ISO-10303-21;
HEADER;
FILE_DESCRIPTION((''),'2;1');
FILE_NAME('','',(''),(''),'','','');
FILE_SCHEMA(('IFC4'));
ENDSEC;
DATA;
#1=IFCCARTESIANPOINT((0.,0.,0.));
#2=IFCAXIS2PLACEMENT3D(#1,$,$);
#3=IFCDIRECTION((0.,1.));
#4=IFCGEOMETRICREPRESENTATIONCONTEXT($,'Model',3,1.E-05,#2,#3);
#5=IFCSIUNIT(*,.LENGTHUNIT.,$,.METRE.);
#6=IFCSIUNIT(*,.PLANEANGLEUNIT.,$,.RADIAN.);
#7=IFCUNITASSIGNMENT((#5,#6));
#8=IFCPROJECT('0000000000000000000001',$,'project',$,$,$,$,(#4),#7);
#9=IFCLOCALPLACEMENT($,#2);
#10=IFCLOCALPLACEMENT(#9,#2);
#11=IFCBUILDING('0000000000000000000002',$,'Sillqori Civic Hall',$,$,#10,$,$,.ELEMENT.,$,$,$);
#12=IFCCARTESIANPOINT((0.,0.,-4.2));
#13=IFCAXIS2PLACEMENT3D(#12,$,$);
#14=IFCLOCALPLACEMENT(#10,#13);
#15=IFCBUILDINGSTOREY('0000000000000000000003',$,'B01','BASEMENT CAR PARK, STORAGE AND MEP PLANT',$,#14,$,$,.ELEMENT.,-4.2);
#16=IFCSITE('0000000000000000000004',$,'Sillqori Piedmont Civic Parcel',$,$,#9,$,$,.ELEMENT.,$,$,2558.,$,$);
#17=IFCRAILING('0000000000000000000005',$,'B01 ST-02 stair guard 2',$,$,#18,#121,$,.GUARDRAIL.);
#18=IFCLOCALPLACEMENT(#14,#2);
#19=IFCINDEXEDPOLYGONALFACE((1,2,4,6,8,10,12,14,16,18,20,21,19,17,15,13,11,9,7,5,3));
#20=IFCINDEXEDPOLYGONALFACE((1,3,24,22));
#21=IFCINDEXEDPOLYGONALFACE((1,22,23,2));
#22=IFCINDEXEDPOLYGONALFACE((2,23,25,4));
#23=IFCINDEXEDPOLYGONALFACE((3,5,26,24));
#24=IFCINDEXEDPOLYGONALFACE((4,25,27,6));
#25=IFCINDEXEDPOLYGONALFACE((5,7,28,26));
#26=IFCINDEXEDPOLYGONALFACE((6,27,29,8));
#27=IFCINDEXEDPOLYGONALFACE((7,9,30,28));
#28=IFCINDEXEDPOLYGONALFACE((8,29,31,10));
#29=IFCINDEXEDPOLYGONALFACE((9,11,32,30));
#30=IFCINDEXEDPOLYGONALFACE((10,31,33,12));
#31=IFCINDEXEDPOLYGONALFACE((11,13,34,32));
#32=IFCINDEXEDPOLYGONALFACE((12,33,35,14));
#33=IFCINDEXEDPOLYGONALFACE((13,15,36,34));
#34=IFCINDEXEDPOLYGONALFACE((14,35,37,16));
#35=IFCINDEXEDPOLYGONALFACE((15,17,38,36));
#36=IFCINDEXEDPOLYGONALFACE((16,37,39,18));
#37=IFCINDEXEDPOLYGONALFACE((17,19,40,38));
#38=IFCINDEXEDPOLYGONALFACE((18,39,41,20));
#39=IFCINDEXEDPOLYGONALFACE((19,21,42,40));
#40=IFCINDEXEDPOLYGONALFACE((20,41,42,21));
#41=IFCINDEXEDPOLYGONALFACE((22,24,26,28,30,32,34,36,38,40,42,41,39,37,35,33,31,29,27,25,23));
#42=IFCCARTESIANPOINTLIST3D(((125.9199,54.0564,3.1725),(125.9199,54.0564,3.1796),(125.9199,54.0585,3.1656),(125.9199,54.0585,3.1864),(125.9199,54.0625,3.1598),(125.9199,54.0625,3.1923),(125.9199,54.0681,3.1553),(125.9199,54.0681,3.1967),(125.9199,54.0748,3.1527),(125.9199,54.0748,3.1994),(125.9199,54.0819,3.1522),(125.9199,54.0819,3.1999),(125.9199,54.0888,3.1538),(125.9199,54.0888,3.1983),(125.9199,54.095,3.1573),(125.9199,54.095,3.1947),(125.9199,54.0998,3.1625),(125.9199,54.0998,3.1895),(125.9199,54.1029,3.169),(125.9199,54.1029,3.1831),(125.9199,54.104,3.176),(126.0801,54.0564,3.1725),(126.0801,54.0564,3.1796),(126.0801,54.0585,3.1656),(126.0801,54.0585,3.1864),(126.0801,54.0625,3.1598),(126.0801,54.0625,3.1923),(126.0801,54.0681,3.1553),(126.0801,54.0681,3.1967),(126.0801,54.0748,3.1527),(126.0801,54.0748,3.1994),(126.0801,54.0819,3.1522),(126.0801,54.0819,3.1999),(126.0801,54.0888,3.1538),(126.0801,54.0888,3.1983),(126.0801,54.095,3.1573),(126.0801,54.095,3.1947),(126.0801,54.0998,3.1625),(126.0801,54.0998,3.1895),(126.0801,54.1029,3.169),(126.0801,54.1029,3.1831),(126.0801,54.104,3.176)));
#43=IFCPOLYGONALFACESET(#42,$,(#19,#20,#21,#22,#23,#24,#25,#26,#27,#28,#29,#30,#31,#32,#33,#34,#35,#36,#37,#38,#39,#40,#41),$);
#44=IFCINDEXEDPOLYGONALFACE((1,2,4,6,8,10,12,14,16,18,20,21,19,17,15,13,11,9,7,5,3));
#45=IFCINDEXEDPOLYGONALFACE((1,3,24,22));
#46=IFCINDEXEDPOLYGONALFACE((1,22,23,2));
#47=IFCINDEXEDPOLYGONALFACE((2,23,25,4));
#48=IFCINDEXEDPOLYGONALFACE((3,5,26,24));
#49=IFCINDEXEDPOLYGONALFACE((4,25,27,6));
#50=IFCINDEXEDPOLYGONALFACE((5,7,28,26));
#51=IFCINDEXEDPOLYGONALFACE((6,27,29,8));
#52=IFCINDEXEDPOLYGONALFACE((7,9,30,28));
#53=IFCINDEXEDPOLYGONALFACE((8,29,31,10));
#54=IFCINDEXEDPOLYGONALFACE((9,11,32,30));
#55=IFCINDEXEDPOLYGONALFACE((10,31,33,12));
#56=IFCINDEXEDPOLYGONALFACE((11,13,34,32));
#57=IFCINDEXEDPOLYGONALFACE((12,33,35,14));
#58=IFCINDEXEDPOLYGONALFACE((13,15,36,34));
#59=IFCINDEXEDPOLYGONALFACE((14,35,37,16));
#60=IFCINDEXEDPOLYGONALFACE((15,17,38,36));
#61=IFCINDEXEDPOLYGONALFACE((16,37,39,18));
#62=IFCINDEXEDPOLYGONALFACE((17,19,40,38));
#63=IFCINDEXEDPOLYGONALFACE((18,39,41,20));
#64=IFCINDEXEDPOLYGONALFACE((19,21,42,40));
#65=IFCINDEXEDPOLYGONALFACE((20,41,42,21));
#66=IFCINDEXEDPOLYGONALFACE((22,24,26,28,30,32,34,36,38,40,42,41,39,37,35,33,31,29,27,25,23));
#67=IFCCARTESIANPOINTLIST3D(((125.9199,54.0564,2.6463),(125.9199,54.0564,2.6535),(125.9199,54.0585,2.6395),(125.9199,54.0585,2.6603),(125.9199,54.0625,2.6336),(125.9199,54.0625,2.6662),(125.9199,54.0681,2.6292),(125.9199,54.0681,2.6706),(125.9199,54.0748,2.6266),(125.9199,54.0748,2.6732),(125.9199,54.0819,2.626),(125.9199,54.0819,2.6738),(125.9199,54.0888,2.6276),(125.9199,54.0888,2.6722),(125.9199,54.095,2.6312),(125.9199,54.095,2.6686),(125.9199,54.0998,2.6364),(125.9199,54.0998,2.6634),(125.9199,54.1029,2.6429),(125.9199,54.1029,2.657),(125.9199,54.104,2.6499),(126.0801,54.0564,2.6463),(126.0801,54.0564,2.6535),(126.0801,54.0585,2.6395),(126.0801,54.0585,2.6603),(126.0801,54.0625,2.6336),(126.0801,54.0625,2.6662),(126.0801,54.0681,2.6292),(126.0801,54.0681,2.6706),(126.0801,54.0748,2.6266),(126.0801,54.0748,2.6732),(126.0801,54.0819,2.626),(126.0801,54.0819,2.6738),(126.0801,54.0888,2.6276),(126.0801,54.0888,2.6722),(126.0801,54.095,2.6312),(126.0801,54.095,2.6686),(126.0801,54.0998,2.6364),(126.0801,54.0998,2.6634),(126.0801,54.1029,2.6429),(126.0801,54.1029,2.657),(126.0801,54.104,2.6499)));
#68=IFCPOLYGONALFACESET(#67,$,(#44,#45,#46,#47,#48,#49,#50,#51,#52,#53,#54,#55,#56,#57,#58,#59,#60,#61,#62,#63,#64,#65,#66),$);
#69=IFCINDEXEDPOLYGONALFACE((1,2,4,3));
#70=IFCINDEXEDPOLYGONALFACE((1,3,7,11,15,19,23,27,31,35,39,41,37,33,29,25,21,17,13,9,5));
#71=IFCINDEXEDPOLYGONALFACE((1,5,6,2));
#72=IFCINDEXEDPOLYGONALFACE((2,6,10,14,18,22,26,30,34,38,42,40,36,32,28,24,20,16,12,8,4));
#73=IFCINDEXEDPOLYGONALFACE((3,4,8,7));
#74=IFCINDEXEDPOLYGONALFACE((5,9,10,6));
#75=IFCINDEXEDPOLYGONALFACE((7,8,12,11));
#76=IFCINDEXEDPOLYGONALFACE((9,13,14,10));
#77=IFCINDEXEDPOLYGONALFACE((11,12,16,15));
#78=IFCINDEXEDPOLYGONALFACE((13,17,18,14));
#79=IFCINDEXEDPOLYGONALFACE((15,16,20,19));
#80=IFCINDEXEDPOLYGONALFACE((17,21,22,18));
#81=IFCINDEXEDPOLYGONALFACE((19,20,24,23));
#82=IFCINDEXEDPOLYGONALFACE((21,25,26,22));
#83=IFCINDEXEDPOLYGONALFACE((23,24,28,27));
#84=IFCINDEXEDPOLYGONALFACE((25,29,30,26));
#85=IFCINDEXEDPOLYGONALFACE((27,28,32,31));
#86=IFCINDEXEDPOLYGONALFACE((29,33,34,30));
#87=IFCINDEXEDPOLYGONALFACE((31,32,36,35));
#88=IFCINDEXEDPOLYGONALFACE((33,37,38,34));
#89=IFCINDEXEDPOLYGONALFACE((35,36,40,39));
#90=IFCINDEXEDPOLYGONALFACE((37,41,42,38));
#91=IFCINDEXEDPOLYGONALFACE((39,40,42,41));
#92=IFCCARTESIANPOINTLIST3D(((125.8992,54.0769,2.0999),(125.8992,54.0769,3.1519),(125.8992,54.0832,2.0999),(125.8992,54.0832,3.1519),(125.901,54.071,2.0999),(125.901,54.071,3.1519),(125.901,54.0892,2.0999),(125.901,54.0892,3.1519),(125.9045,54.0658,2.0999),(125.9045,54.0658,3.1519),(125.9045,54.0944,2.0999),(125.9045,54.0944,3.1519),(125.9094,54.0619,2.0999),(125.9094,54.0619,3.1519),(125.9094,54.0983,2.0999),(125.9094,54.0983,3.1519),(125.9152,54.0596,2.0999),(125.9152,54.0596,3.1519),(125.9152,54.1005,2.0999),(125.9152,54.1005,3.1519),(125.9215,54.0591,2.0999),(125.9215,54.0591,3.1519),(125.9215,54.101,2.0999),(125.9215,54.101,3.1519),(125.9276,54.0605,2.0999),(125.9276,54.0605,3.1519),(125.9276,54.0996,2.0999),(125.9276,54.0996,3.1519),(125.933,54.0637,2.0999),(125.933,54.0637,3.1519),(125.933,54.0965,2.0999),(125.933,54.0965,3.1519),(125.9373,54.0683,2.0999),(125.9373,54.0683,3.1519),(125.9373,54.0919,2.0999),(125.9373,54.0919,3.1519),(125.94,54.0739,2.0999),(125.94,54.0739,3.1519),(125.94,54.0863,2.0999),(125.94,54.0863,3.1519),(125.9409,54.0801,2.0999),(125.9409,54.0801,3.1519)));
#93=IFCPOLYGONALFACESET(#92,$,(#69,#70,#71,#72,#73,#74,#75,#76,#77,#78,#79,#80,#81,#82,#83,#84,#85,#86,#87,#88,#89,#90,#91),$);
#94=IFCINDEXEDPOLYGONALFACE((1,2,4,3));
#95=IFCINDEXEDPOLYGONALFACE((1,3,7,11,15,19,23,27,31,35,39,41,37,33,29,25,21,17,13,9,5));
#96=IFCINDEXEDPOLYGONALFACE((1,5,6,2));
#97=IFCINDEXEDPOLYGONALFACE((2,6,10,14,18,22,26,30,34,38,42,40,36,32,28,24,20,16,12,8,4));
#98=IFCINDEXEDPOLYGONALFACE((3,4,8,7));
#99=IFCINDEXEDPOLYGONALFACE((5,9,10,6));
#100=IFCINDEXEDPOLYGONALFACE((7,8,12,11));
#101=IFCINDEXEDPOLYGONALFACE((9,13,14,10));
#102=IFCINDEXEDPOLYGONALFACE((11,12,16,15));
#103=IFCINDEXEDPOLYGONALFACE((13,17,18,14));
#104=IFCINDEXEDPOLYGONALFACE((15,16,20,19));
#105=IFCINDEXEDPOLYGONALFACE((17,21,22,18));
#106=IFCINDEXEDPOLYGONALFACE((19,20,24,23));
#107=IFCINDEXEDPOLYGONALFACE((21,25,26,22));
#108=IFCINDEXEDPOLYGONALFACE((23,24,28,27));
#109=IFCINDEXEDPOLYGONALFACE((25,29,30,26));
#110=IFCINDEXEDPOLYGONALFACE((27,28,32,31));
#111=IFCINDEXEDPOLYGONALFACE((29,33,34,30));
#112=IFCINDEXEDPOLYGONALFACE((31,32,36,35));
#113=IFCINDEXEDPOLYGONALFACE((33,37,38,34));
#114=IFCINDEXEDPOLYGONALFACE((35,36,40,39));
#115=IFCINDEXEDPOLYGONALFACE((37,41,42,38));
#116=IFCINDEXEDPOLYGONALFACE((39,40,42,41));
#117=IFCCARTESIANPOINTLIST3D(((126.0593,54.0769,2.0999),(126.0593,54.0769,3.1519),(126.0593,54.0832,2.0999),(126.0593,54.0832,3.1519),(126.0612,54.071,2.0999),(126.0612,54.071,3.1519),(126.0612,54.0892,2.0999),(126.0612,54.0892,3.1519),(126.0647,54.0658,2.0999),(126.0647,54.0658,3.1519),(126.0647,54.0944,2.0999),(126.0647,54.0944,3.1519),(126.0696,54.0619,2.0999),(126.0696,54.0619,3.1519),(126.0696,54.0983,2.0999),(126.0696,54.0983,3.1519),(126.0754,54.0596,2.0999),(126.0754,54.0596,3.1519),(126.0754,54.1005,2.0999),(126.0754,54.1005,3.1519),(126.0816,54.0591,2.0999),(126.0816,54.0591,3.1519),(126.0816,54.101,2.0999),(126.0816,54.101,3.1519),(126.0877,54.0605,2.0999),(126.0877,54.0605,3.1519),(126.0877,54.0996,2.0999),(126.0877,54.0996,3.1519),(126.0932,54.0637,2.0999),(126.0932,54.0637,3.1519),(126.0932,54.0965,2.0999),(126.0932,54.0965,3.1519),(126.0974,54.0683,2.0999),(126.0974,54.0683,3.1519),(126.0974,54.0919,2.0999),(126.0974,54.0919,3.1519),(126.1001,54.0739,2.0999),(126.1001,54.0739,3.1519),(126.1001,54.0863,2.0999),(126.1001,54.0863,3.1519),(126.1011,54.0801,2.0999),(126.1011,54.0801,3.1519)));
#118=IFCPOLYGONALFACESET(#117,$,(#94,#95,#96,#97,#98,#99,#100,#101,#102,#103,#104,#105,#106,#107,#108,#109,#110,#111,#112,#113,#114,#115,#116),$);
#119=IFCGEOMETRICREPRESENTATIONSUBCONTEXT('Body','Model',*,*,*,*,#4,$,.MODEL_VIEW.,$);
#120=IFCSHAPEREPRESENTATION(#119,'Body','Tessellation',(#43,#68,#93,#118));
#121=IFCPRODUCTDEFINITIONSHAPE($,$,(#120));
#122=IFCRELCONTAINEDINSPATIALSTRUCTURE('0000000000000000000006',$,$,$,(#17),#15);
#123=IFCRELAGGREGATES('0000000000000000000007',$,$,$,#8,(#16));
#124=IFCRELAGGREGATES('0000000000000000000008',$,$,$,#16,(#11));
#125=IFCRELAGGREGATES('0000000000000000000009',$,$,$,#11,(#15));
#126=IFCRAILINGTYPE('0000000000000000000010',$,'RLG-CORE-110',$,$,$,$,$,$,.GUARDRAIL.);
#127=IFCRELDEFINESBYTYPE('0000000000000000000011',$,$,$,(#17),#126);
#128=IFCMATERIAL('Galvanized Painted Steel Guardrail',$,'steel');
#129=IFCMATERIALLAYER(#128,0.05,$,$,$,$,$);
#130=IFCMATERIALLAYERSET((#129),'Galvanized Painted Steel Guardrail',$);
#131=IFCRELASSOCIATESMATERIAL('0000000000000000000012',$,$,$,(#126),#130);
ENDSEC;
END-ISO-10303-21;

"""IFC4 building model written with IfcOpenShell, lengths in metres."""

from ifc_helpers import new_model, si_unit, direction, frame, origin, origin_2d, place, context, subcontext, project, spatial, circle, extrude, material, layer, layer_set, type_object, element, save


model = new_model("IFC4")

# Units and contexts
model_context = context("Model", 3, precision=1e-05, world=origin(), true_north=direction((0.0, 1.0)))
body_context = subcontext(model_context, "Body", "Model", "MODEL_VIEW")
ifc_project = project(units=[si_unit("LENGTHUNIT", "METRE"), si_unit("PLANEANGLEUNIT", "RADIAN")], contexts=[model_context])

# Site, building, storey
site_placement = place(None, origin())
site = spatial("IfcSite", under=ifc_project, at=site_placement, Name="Sillqori Piedmont Civic Parcel", CompositionType="ELEMENT", RefElevation=2558.0)
building_placement = place(site_placement, origin())
building = spatial("IfcBuilding", under=site, at=building_placement, Name="Sillqori Civic Hall", CompositionType="ELEMENT")
storey_placement = place(building_placement, frame((0.0, 0.0, -4.2)))
storey = spatial("IfcBuildingStorey", under=building, at=storey_placement, Name="B01", Description="BASEMENT CAR PARK, STORAGE AND MEP PLANT", CompositionType="ELEMENT", Elevation=-4.2)

# Railing
ifc_material_1 = material(Name="Galvanized Painted Steel Guardrail", Category="steel")
ifc_layer_1 = layer(ifc_material_1, 0.05)
ifc_layer_set_1 = layer_set([ifc_layer_1], Name="Galvanized Painted Steel Guardrail")
railing_type_1 = type_object("IfcRailingType", Name="RLG-CORE-110", PredefinedType="GUARDRAIL", material=ifc_layer_set_1)
railing_1_placement = place(storey_placement, frame((125.9199, 54.0801, 2.0999)))
element("IfcRailing", 1, at=railing_1_placement, inside=storey, type_object=railing_type_1, Name="B01 ST-02 stair guard 2", PredefinedType="GUARDRAIL", context=body_context, shape_type="SweptSolid", body=[
    extrude(circle(Radius=0.0239, at=origin_2d()), frame((0.0, 0.0, 1.0762), z_axis=(1.0, 0.0, 0.0), x_axis=(0.0, 1.0, 0.0)), (0.0, 0.0, 1.0), 0.1602),
    extrude(circle(Radius=0.0239, at=origin_2d()), frame((0.0, 0.0, 0.55), z_axis=(1.0, 0.0, 0.0), x_axis=(0.0, 1.0, 0.0)), (0.0, 0.0, 1.0), 0.1602),
    extrude(circle(Radius=0.021, at=origin_2d()), origin(), (0.0, 0.0, 1.0), 1.052),
    extrude(circle(Radius=0.021, at=origin_2d()), frame((0.1602, 0.0, 0.0)), (0.0, 0.0, 1.0), 1.052),
])

save(model, "model.ifc")
